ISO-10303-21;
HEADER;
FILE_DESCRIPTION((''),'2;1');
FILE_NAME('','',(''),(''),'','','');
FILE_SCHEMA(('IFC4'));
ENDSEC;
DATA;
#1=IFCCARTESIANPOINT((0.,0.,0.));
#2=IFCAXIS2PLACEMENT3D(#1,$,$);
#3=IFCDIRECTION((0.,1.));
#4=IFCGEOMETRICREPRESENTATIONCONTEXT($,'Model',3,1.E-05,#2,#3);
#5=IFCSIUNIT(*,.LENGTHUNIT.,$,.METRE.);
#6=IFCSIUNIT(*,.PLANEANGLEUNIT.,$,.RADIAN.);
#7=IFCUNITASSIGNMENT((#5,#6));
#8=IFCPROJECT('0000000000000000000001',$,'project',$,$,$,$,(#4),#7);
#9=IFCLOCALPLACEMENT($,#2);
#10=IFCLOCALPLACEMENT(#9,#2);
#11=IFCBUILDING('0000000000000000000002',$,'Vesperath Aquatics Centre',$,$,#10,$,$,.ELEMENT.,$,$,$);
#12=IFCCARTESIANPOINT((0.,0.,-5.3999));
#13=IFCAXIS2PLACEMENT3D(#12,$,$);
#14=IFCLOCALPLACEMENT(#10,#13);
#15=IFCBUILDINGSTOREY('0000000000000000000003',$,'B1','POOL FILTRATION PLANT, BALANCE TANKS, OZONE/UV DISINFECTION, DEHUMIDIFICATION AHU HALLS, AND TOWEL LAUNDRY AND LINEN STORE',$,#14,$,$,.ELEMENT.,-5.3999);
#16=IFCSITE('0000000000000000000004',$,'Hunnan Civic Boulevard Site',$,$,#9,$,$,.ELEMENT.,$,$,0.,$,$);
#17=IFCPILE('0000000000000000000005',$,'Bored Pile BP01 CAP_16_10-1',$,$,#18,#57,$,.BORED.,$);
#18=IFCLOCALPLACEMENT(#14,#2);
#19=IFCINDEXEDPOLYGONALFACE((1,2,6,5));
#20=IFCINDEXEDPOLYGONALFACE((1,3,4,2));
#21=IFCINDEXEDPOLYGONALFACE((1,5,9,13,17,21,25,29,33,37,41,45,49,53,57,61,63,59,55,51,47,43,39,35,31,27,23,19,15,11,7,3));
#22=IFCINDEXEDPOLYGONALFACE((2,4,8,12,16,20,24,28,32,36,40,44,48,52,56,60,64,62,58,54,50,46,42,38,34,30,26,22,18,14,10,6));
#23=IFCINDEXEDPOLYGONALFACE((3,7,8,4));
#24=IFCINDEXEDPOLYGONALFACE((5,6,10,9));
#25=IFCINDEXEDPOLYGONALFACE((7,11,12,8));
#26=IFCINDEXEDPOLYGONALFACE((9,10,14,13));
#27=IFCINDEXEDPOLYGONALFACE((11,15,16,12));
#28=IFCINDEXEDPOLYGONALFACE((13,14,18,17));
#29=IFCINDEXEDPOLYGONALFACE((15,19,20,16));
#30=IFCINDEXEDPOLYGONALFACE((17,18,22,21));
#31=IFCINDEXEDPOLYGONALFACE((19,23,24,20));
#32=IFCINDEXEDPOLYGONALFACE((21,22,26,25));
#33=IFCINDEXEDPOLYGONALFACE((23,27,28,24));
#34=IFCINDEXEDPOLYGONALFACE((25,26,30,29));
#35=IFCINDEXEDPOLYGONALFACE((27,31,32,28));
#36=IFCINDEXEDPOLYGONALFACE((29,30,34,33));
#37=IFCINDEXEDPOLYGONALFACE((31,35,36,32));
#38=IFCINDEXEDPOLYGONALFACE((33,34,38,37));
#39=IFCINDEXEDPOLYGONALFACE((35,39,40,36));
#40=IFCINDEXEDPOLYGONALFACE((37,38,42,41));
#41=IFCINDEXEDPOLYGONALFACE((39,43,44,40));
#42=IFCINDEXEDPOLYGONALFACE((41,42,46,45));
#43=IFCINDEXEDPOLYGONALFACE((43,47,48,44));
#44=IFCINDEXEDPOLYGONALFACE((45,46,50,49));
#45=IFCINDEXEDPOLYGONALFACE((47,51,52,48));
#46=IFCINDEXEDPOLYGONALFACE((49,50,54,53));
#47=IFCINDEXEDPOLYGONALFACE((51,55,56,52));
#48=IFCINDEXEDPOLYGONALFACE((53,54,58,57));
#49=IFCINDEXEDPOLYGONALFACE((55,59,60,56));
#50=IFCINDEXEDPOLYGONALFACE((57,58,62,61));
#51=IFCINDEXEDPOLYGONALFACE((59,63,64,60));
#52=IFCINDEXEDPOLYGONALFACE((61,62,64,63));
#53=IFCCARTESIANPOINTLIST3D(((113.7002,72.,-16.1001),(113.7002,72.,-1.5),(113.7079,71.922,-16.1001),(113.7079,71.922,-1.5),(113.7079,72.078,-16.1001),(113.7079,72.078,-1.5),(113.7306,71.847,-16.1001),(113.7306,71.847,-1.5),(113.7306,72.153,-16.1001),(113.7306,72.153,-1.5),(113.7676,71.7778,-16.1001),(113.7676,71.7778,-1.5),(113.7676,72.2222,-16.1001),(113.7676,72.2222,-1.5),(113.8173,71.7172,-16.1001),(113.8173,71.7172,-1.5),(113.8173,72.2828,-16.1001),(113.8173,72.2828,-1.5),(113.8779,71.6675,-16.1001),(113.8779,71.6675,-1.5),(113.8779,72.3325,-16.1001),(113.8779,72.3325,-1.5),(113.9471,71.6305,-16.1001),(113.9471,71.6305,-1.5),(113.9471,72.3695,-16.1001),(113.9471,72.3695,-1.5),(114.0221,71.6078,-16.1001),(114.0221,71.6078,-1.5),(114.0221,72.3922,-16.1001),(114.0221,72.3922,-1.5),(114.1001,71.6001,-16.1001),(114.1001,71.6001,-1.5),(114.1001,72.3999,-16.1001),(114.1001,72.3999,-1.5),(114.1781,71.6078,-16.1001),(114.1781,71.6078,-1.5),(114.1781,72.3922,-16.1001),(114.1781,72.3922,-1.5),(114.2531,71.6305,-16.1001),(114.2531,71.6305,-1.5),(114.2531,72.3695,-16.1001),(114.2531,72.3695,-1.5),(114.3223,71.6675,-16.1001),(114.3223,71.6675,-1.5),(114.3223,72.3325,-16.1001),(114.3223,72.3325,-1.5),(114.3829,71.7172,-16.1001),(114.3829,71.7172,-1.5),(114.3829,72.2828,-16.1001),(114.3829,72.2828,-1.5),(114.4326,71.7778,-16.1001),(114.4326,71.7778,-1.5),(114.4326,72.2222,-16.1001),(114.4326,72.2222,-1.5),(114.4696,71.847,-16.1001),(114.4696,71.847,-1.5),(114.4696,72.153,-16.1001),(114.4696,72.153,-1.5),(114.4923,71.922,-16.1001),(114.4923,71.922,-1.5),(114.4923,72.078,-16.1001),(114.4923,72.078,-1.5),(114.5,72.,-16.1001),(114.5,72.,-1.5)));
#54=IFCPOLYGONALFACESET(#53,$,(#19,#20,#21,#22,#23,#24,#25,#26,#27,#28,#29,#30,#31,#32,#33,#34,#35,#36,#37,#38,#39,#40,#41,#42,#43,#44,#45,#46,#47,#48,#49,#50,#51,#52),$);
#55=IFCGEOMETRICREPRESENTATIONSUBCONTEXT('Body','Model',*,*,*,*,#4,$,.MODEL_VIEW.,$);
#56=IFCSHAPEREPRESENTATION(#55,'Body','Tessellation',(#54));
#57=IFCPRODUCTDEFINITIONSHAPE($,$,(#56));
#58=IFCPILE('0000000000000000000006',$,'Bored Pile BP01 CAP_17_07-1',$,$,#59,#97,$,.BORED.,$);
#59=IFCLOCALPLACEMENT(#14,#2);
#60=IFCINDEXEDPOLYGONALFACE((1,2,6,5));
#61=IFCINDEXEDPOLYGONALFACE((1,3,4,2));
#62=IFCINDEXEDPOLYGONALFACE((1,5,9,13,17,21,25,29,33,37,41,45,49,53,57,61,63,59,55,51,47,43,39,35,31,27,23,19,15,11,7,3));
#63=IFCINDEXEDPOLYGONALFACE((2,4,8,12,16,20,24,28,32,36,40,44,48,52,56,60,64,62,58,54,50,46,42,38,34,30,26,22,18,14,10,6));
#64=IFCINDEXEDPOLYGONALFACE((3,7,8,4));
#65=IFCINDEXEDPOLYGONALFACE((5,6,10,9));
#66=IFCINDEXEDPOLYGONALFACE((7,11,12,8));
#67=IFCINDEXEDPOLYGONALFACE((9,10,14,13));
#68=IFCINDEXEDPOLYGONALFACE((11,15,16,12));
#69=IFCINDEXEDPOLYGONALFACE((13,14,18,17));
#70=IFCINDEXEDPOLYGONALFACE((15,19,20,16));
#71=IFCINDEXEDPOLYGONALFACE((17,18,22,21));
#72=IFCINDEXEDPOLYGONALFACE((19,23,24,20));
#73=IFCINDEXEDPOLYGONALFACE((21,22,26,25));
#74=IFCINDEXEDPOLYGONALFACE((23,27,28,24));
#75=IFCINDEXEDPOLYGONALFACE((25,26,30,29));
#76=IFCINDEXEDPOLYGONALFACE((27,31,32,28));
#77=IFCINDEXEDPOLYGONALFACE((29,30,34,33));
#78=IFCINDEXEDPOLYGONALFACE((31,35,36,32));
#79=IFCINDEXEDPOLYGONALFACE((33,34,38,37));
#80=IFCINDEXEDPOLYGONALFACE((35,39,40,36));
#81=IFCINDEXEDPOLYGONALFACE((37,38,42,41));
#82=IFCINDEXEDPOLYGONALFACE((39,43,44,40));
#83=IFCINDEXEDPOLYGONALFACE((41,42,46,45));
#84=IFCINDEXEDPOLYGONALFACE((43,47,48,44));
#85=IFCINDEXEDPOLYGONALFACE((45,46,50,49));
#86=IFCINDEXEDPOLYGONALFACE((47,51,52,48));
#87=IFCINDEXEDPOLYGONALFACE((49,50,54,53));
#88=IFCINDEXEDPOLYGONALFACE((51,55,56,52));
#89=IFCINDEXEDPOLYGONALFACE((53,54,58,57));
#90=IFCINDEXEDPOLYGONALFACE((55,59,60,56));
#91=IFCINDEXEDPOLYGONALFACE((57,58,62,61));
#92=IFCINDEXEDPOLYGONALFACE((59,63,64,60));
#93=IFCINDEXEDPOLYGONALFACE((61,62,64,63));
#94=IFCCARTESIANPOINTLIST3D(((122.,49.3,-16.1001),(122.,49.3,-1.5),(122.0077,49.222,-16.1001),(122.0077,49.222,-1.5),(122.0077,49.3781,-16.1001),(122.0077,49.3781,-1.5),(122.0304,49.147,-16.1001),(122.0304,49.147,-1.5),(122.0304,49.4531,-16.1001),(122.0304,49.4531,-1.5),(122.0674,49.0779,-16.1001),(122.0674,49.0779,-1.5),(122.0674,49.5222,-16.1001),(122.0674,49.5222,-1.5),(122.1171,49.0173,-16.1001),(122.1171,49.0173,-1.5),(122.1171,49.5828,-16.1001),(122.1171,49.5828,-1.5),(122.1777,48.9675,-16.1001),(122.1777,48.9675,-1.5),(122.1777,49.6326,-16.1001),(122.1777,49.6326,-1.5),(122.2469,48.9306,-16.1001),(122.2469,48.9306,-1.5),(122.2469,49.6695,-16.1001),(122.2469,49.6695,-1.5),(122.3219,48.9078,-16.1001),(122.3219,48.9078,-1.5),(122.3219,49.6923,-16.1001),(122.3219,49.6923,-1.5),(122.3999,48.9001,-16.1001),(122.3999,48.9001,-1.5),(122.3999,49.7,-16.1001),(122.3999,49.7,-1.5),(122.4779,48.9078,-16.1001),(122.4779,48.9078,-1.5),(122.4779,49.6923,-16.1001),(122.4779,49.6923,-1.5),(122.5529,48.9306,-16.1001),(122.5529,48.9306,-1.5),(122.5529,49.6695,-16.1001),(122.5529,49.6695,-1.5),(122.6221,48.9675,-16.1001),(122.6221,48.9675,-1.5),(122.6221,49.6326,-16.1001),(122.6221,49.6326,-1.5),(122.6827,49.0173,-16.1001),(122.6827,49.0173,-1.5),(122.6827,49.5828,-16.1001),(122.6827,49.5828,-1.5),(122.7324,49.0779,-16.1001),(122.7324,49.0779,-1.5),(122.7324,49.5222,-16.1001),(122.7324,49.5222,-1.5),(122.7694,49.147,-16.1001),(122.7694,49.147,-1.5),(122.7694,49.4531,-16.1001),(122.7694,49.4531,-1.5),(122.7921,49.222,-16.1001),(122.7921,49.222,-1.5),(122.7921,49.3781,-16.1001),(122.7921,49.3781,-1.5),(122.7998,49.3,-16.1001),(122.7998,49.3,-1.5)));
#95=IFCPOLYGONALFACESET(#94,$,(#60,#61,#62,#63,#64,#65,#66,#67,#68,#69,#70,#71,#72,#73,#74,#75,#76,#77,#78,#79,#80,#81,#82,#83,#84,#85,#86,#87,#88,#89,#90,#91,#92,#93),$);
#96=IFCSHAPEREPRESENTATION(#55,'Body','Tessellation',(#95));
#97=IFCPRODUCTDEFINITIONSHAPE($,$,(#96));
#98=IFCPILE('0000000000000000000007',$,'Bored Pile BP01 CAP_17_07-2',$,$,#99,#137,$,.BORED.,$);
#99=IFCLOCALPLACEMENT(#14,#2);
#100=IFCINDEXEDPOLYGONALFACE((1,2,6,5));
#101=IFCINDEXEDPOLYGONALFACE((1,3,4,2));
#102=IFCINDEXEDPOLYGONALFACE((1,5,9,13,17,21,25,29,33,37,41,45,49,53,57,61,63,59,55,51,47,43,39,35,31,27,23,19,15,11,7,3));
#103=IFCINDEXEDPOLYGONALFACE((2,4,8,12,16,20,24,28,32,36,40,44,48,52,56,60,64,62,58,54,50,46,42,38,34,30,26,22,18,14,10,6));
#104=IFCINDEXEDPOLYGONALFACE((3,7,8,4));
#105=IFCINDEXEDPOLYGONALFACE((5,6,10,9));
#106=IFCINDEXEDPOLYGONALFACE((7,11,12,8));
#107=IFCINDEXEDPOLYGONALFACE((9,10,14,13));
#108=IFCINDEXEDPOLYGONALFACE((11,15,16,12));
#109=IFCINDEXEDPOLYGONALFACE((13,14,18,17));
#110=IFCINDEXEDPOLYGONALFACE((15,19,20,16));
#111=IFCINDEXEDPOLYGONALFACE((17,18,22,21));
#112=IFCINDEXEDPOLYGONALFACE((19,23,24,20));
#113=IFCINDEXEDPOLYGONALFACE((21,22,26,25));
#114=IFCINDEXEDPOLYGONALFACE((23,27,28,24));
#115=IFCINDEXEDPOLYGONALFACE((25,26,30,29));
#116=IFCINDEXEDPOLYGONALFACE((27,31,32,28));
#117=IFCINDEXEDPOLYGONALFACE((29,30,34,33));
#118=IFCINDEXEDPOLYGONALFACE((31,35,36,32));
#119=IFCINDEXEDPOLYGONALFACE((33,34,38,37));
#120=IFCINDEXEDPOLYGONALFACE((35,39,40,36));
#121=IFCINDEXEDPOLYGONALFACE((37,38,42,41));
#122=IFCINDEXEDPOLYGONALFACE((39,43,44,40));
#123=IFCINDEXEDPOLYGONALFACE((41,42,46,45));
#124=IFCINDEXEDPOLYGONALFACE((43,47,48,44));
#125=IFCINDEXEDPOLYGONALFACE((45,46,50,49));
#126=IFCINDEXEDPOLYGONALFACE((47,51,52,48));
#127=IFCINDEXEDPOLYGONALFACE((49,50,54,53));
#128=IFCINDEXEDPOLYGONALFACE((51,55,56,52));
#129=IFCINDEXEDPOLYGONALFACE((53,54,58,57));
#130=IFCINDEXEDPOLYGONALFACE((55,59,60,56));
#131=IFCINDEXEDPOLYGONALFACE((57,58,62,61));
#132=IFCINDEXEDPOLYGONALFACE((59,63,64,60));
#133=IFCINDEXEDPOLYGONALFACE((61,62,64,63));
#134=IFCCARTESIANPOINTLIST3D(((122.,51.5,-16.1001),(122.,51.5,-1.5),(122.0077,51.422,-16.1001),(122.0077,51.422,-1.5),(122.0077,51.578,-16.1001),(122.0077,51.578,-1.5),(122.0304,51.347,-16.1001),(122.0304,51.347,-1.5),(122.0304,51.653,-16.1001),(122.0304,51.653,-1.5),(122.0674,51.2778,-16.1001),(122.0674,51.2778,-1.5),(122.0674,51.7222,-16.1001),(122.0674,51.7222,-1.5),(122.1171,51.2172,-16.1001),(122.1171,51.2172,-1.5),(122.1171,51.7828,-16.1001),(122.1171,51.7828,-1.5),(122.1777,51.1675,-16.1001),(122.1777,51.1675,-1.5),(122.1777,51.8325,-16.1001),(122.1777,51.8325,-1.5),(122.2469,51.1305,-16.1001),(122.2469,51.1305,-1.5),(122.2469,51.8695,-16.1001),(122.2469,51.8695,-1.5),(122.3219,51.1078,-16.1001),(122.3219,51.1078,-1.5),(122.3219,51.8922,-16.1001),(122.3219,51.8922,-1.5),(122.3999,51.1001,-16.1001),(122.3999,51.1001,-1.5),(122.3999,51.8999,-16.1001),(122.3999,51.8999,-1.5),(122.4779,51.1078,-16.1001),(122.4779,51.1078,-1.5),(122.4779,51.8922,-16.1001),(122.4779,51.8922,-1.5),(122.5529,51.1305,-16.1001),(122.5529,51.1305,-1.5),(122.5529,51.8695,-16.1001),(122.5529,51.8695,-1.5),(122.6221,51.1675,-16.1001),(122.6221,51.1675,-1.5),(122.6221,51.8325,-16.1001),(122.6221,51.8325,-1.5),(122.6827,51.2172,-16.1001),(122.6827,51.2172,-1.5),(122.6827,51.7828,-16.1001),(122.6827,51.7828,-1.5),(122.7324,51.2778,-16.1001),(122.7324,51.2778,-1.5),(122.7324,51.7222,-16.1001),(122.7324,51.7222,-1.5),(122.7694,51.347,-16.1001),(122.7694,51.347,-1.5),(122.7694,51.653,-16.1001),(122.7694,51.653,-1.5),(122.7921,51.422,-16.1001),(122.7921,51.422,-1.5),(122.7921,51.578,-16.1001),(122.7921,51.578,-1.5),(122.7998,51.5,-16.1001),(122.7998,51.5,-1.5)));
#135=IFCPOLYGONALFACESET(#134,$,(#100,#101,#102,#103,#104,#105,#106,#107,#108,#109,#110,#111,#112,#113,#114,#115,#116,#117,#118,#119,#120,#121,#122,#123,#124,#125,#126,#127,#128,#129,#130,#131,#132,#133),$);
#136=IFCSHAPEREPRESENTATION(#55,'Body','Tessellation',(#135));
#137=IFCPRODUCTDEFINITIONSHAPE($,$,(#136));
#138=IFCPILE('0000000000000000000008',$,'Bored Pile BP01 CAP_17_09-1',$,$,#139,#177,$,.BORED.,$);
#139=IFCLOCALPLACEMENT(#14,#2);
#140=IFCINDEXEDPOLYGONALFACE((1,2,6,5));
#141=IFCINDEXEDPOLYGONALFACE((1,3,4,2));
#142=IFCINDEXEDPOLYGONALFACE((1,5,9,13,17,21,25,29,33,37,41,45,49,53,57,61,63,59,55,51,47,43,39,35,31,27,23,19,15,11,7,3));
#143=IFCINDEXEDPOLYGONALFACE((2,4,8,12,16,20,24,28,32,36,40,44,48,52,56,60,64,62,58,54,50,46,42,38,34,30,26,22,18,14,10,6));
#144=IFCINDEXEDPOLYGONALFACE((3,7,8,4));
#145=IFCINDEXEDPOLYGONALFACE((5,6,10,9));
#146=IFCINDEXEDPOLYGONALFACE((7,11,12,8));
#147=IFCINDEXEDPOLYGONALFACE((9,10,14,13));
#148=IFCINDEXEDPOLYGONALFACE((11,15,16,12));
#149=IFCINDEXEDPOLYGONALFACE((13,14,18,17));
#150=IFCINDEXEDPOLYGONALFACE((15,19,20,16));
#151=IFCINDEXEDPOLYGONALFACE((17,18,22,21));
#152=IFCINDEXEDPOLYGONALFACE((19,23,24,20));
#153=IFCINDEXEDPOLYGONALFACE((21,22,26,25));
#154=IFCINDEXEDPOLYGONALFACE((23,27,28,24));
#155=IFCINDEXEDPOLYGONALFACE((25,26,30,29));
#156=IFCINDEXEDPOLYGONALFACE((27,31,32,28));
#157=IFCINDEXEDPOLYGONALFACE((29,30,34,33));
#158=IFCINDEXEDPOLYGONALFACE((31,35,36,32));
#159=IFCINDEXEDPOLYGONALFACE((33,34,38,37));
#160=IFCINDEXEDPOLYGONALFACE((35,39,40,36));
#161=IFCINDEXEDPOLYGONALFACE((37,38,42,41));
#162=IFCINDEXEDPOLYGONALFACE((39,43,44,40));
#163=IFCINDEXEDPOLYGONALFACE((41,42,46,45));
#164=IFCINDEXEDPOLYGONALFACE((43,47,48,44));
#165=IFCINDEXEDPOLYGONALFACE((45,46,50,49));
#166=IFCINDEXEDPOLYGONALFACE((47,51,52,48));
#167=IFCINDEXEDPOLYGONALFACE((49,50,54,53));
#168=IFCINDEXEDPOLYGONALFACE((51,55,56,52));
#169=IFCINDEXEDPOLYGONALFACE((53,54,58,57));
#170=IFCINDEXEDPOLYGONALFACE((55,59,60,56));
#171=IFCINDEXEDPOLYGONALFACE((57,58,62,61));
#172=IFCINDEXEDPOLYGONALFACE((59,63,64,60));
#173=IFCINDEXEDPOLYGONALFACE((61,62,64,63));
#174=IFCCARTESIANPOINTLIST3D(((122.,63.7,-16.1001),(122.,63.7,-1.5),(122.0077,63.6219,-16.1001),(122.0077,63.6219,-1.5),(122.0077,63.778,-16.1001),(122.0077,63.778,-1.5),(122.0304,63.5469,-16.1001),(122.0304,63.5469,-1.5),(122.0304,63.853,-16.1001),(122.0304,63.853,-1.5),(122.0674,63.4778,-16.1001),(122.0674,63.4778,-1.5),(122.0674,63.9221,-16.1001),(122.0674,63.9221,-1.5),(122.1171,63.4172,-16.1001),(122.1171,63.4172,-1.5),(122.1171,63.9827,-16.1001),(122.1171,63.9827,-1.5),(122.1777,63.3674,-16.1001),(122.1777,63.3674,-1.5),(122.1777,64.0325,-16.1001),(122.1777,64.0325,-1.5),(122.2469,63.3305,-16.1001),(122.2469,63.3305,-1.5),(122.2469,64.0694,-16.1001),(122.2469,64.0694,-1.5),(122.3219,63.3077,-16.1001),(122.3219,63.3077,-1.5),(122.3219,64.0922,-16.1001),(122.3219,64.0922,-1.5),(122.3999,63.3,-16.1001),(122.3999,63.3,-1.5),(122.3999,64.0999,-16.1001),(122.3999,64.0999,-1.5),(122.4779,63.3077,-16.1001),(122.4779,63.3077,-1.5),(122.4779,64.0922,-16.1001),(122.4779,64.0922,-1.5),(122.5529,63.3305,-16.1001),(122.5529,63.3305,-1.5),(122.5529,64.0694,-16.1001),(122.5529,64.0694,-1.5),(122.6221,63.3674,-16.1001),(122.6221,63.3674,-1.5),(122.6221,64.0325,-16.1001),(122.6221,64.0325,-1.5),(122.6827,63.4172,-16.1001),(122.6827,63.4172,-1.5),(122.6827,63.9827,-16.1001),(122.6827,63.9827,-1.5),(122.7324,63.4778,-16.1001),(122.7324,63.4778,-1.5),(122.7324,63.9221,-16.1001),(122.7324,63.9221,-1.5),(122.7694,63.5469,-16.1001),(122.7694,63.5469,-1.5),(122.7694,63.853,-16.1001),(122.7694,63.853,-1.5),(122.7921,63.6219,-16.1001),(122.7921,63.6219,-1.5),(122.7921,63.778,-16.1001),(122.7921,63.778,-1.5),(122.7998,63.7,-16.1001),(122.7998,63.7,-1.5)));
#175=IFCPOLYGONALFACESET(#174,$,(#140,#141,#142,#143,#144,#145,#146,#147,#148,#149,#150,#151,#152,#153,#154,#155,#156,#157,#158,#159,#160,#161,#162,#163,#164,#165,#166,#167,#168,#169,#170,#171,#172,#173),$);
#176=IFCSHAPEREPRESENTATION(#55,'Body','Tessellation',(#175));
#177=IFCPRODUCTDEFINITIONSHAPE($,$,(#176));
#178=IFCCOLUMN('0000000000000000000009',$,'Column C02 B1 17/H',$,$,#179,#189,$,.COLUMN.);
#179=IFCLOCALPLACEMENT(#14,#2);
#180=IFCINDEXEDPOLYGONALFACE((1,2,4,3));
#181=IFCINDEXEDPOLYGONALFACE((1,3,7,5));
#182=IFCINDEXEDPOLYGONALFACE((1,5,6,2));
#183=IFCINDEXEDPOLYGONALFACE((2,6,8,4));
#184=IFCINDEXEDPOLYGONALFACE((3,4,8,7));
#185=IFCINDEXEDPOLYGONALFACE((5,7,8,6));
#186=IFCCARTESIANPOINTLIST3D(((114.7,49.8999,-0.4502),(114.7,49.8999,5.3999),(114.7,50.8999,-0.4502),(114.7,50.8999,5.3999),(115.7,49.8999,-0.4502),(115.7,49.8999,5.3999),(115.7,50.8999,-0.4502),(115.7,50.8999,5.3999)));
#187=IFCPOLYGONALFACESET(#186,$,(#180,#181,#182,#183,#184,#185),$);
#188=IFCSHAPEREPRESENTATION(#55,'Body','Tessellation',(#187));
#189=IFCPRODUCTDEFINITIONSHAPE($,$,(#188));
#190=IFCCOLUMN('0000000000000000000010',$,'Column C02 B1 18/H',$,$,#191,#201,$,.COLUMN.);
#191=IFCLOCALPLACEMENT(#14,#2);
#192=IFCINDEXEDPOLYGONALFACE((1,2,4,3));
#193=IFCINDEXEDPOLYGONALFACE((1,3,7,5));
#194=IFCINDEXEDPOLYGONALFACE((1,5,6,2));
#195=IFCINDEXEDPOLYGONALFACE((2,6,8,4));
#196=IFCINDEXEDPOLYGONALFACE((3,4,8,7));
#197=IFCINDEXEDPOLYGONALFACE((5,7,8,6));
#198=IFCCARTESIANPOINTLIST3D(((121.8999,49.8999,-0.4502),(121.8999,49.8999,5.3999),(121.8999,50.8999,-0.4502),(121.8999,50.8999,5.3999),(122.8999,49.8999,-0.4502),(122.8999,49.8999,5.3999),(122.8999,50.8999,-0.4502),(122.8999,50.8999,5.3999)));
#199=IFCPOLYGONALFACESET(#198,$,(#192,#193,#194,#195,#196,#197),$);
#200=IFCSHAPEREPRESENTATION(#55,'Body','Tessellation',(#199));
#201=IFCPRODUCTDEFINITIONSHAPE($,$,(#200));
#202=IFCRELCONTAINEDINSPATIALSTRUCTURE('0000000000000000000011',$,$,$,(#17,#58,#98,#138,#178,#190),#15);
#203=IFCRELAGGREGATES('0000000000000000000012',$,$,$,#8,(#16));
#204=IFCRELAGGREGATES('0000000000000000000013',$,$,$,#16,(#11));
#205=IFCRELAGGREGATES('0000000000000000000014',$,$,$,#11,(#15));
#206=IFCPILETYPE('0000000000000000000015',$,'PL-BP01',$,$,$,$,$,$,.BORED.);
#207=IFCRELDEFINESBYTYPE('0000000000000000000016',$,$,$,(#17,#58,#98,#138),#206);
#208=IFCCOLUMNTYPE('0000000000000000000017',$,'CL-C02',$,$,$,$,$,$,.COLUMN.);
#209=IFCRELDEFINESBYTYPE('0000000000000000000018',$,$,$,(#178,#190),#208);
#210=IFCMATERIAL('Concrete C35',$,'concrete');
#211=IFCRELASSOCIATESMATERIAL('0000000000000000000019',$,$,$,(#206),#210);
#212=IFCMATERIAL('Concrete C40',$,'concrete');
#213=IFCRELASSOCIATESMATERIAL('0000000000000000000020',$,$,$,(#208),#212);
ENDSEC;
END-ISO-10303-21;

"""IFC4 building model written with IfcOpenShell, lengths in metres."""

from ifc_helpers import new_model, si_unit, direction, frame, origin, origin_2d, place, context, subcontext, project, spatial, rectangle, circle, extrude, material, material_profile, profile_set, type_object, element, save


model = new_model("IFC4")

# Units and contexts
model_context = context("Model", 3, precision=1e-05, world=origin(), true_north=direction((0.0, 1.0)))
body_context = subcontext(model_context, "Body", "Model", "MODEL_VIEW")
ifc_project = project(units=[si_unit("LENGTHUNIT", "METRE"), si_unit("PLANEANGLEUNIT", "RADIAN")], contexts=[model_context])

# Site, building, storey
site_placement = place(None, origin())
site = spatial("IfcSite", under=ifc_project, at=site_placement, Name="Hunnan Civic Boulevard Site", CompositionType="ELEMENT", RefElevation=0.0)
building_placement = place(site_placement, origin())
building = spatial("IfcBuilding", under=site, at=building_placement, Name="Vesperath Aquatics Centre", CompositionType="ELEMENT")
storey_placement = place(building_placement, frame((0.0, 0.0, -5.3999)))
storey = spatial("IfcBuildingStorey", under=building, at=storey_placement, Name="B1", Description="POOL FILTRATION PLANT, BALANCE TANKS, OZONE/UV DISINFECTION, DEHUMIDIFICATION AHU HALLS, AND TOWEL LAUNDRY AND LINEN STORE", CompositionType="ELEMENT", Elevation=-5.3999)

# Shared definitions
ifc_material_1 = material(Name="Concrete C40", Category="concrete")

# Piles
ifc_material_2 = material(Name="Concrete C35", Category="concrete")
ifc_material_profile_1 = material_profile(ifc_material_2, circle(Radius=0.3999, at=origin_2d()), Name="PILE D800")
ifc_profile_set_1 = profile_set([ifc_material_profile_1], Name="Concrete C35")
pile_type = type_object("IfcPileType", Name="PL-BP01", PredefinedType="BORED", material=ifc_profile_set_1)
for number, where, z_axis, x_axis, name in (
    (1, (114.1001, 72.0, -1.5), (0.0, 0.0, -1.0), (1.0, 0.0, 0.0), "Bored Pile BP01 CAP_16_10-1"),
    (2, (122.3999, 49.3, -1.5), (0.0, 0.0, -1.0), (1.0, 0.0, 0.0), "Bored Pile BP01 CAP_17_07-1"),
    (3, (122.3999, 51.5, -1.5), (0.0, 0.0, -1.0), (1.0, 0.0, 0.0), "Bored Pile BP01 CAP_17_07-2"),
    (4, (122.3999, 63.7, -1.5), (0.0, 0.0, -1.0), (1.0, 0.0, 0.0), "Bored Pile BP01 CAP_17_09-1"),
):
    element("IfcPile", number, at=place(storey_placement, frame(where, z_axis=z_axis, x_axis=x_axis)), inside=storey, type_object=pile_type, Name=name, PredefinedType="BORED", context=body_context, shape_type="SweptSolid", body=[
        extrude(circle(Radius=0.3999, at=origin_2d()), origin(), (0.0, 0.0, 1.0), 14.6001),
    ])

# Columns
ifc_material_profile_2 = material_profile(ifc_material_1, rectangle(XDim=1.0, YDim=1.0, at=origin_2d()), Name="RC 1000x1000")
ifc_profile_set_2 = profile_set([ifc_material_profile_2], Name="Concrete C40")
column_type_1 = type_object("IfcColumnType", Name="CL-C02", PredefinedType="COLUMN", material=ifc_profile_set_2)
for number, where, z_axis, x_axis, name in (
    (5, (115.2, 50.3999, -0.4502), (0.0, 0.0, 1.0), (1.0, 0.0, 0.0), "Column C02 B1 17/H"),
    (6, (122.3999, 50.3999, -0.4502), (0.0, 0.0, 1.0), (1.0, 0.0, 0.0), "Column C02 B1 18/H"),
):
    element("IfcColumn", number, at=place(storey_placement, frame(where, z_axis=z_axis, x_axis=x_axis)), inside=storey, type_object=column_type_1, Name=name, PredefinedType="COLUMN", context=body_context, shape_type="SweptSolid", body=[
        extrude(rectangle(XDim=1.0, YDim=1.0, at=origin_2d()), origin(), (0.0, 0.0, 1.0), 5.8501),
    ])

save(model, "model.ifc")
